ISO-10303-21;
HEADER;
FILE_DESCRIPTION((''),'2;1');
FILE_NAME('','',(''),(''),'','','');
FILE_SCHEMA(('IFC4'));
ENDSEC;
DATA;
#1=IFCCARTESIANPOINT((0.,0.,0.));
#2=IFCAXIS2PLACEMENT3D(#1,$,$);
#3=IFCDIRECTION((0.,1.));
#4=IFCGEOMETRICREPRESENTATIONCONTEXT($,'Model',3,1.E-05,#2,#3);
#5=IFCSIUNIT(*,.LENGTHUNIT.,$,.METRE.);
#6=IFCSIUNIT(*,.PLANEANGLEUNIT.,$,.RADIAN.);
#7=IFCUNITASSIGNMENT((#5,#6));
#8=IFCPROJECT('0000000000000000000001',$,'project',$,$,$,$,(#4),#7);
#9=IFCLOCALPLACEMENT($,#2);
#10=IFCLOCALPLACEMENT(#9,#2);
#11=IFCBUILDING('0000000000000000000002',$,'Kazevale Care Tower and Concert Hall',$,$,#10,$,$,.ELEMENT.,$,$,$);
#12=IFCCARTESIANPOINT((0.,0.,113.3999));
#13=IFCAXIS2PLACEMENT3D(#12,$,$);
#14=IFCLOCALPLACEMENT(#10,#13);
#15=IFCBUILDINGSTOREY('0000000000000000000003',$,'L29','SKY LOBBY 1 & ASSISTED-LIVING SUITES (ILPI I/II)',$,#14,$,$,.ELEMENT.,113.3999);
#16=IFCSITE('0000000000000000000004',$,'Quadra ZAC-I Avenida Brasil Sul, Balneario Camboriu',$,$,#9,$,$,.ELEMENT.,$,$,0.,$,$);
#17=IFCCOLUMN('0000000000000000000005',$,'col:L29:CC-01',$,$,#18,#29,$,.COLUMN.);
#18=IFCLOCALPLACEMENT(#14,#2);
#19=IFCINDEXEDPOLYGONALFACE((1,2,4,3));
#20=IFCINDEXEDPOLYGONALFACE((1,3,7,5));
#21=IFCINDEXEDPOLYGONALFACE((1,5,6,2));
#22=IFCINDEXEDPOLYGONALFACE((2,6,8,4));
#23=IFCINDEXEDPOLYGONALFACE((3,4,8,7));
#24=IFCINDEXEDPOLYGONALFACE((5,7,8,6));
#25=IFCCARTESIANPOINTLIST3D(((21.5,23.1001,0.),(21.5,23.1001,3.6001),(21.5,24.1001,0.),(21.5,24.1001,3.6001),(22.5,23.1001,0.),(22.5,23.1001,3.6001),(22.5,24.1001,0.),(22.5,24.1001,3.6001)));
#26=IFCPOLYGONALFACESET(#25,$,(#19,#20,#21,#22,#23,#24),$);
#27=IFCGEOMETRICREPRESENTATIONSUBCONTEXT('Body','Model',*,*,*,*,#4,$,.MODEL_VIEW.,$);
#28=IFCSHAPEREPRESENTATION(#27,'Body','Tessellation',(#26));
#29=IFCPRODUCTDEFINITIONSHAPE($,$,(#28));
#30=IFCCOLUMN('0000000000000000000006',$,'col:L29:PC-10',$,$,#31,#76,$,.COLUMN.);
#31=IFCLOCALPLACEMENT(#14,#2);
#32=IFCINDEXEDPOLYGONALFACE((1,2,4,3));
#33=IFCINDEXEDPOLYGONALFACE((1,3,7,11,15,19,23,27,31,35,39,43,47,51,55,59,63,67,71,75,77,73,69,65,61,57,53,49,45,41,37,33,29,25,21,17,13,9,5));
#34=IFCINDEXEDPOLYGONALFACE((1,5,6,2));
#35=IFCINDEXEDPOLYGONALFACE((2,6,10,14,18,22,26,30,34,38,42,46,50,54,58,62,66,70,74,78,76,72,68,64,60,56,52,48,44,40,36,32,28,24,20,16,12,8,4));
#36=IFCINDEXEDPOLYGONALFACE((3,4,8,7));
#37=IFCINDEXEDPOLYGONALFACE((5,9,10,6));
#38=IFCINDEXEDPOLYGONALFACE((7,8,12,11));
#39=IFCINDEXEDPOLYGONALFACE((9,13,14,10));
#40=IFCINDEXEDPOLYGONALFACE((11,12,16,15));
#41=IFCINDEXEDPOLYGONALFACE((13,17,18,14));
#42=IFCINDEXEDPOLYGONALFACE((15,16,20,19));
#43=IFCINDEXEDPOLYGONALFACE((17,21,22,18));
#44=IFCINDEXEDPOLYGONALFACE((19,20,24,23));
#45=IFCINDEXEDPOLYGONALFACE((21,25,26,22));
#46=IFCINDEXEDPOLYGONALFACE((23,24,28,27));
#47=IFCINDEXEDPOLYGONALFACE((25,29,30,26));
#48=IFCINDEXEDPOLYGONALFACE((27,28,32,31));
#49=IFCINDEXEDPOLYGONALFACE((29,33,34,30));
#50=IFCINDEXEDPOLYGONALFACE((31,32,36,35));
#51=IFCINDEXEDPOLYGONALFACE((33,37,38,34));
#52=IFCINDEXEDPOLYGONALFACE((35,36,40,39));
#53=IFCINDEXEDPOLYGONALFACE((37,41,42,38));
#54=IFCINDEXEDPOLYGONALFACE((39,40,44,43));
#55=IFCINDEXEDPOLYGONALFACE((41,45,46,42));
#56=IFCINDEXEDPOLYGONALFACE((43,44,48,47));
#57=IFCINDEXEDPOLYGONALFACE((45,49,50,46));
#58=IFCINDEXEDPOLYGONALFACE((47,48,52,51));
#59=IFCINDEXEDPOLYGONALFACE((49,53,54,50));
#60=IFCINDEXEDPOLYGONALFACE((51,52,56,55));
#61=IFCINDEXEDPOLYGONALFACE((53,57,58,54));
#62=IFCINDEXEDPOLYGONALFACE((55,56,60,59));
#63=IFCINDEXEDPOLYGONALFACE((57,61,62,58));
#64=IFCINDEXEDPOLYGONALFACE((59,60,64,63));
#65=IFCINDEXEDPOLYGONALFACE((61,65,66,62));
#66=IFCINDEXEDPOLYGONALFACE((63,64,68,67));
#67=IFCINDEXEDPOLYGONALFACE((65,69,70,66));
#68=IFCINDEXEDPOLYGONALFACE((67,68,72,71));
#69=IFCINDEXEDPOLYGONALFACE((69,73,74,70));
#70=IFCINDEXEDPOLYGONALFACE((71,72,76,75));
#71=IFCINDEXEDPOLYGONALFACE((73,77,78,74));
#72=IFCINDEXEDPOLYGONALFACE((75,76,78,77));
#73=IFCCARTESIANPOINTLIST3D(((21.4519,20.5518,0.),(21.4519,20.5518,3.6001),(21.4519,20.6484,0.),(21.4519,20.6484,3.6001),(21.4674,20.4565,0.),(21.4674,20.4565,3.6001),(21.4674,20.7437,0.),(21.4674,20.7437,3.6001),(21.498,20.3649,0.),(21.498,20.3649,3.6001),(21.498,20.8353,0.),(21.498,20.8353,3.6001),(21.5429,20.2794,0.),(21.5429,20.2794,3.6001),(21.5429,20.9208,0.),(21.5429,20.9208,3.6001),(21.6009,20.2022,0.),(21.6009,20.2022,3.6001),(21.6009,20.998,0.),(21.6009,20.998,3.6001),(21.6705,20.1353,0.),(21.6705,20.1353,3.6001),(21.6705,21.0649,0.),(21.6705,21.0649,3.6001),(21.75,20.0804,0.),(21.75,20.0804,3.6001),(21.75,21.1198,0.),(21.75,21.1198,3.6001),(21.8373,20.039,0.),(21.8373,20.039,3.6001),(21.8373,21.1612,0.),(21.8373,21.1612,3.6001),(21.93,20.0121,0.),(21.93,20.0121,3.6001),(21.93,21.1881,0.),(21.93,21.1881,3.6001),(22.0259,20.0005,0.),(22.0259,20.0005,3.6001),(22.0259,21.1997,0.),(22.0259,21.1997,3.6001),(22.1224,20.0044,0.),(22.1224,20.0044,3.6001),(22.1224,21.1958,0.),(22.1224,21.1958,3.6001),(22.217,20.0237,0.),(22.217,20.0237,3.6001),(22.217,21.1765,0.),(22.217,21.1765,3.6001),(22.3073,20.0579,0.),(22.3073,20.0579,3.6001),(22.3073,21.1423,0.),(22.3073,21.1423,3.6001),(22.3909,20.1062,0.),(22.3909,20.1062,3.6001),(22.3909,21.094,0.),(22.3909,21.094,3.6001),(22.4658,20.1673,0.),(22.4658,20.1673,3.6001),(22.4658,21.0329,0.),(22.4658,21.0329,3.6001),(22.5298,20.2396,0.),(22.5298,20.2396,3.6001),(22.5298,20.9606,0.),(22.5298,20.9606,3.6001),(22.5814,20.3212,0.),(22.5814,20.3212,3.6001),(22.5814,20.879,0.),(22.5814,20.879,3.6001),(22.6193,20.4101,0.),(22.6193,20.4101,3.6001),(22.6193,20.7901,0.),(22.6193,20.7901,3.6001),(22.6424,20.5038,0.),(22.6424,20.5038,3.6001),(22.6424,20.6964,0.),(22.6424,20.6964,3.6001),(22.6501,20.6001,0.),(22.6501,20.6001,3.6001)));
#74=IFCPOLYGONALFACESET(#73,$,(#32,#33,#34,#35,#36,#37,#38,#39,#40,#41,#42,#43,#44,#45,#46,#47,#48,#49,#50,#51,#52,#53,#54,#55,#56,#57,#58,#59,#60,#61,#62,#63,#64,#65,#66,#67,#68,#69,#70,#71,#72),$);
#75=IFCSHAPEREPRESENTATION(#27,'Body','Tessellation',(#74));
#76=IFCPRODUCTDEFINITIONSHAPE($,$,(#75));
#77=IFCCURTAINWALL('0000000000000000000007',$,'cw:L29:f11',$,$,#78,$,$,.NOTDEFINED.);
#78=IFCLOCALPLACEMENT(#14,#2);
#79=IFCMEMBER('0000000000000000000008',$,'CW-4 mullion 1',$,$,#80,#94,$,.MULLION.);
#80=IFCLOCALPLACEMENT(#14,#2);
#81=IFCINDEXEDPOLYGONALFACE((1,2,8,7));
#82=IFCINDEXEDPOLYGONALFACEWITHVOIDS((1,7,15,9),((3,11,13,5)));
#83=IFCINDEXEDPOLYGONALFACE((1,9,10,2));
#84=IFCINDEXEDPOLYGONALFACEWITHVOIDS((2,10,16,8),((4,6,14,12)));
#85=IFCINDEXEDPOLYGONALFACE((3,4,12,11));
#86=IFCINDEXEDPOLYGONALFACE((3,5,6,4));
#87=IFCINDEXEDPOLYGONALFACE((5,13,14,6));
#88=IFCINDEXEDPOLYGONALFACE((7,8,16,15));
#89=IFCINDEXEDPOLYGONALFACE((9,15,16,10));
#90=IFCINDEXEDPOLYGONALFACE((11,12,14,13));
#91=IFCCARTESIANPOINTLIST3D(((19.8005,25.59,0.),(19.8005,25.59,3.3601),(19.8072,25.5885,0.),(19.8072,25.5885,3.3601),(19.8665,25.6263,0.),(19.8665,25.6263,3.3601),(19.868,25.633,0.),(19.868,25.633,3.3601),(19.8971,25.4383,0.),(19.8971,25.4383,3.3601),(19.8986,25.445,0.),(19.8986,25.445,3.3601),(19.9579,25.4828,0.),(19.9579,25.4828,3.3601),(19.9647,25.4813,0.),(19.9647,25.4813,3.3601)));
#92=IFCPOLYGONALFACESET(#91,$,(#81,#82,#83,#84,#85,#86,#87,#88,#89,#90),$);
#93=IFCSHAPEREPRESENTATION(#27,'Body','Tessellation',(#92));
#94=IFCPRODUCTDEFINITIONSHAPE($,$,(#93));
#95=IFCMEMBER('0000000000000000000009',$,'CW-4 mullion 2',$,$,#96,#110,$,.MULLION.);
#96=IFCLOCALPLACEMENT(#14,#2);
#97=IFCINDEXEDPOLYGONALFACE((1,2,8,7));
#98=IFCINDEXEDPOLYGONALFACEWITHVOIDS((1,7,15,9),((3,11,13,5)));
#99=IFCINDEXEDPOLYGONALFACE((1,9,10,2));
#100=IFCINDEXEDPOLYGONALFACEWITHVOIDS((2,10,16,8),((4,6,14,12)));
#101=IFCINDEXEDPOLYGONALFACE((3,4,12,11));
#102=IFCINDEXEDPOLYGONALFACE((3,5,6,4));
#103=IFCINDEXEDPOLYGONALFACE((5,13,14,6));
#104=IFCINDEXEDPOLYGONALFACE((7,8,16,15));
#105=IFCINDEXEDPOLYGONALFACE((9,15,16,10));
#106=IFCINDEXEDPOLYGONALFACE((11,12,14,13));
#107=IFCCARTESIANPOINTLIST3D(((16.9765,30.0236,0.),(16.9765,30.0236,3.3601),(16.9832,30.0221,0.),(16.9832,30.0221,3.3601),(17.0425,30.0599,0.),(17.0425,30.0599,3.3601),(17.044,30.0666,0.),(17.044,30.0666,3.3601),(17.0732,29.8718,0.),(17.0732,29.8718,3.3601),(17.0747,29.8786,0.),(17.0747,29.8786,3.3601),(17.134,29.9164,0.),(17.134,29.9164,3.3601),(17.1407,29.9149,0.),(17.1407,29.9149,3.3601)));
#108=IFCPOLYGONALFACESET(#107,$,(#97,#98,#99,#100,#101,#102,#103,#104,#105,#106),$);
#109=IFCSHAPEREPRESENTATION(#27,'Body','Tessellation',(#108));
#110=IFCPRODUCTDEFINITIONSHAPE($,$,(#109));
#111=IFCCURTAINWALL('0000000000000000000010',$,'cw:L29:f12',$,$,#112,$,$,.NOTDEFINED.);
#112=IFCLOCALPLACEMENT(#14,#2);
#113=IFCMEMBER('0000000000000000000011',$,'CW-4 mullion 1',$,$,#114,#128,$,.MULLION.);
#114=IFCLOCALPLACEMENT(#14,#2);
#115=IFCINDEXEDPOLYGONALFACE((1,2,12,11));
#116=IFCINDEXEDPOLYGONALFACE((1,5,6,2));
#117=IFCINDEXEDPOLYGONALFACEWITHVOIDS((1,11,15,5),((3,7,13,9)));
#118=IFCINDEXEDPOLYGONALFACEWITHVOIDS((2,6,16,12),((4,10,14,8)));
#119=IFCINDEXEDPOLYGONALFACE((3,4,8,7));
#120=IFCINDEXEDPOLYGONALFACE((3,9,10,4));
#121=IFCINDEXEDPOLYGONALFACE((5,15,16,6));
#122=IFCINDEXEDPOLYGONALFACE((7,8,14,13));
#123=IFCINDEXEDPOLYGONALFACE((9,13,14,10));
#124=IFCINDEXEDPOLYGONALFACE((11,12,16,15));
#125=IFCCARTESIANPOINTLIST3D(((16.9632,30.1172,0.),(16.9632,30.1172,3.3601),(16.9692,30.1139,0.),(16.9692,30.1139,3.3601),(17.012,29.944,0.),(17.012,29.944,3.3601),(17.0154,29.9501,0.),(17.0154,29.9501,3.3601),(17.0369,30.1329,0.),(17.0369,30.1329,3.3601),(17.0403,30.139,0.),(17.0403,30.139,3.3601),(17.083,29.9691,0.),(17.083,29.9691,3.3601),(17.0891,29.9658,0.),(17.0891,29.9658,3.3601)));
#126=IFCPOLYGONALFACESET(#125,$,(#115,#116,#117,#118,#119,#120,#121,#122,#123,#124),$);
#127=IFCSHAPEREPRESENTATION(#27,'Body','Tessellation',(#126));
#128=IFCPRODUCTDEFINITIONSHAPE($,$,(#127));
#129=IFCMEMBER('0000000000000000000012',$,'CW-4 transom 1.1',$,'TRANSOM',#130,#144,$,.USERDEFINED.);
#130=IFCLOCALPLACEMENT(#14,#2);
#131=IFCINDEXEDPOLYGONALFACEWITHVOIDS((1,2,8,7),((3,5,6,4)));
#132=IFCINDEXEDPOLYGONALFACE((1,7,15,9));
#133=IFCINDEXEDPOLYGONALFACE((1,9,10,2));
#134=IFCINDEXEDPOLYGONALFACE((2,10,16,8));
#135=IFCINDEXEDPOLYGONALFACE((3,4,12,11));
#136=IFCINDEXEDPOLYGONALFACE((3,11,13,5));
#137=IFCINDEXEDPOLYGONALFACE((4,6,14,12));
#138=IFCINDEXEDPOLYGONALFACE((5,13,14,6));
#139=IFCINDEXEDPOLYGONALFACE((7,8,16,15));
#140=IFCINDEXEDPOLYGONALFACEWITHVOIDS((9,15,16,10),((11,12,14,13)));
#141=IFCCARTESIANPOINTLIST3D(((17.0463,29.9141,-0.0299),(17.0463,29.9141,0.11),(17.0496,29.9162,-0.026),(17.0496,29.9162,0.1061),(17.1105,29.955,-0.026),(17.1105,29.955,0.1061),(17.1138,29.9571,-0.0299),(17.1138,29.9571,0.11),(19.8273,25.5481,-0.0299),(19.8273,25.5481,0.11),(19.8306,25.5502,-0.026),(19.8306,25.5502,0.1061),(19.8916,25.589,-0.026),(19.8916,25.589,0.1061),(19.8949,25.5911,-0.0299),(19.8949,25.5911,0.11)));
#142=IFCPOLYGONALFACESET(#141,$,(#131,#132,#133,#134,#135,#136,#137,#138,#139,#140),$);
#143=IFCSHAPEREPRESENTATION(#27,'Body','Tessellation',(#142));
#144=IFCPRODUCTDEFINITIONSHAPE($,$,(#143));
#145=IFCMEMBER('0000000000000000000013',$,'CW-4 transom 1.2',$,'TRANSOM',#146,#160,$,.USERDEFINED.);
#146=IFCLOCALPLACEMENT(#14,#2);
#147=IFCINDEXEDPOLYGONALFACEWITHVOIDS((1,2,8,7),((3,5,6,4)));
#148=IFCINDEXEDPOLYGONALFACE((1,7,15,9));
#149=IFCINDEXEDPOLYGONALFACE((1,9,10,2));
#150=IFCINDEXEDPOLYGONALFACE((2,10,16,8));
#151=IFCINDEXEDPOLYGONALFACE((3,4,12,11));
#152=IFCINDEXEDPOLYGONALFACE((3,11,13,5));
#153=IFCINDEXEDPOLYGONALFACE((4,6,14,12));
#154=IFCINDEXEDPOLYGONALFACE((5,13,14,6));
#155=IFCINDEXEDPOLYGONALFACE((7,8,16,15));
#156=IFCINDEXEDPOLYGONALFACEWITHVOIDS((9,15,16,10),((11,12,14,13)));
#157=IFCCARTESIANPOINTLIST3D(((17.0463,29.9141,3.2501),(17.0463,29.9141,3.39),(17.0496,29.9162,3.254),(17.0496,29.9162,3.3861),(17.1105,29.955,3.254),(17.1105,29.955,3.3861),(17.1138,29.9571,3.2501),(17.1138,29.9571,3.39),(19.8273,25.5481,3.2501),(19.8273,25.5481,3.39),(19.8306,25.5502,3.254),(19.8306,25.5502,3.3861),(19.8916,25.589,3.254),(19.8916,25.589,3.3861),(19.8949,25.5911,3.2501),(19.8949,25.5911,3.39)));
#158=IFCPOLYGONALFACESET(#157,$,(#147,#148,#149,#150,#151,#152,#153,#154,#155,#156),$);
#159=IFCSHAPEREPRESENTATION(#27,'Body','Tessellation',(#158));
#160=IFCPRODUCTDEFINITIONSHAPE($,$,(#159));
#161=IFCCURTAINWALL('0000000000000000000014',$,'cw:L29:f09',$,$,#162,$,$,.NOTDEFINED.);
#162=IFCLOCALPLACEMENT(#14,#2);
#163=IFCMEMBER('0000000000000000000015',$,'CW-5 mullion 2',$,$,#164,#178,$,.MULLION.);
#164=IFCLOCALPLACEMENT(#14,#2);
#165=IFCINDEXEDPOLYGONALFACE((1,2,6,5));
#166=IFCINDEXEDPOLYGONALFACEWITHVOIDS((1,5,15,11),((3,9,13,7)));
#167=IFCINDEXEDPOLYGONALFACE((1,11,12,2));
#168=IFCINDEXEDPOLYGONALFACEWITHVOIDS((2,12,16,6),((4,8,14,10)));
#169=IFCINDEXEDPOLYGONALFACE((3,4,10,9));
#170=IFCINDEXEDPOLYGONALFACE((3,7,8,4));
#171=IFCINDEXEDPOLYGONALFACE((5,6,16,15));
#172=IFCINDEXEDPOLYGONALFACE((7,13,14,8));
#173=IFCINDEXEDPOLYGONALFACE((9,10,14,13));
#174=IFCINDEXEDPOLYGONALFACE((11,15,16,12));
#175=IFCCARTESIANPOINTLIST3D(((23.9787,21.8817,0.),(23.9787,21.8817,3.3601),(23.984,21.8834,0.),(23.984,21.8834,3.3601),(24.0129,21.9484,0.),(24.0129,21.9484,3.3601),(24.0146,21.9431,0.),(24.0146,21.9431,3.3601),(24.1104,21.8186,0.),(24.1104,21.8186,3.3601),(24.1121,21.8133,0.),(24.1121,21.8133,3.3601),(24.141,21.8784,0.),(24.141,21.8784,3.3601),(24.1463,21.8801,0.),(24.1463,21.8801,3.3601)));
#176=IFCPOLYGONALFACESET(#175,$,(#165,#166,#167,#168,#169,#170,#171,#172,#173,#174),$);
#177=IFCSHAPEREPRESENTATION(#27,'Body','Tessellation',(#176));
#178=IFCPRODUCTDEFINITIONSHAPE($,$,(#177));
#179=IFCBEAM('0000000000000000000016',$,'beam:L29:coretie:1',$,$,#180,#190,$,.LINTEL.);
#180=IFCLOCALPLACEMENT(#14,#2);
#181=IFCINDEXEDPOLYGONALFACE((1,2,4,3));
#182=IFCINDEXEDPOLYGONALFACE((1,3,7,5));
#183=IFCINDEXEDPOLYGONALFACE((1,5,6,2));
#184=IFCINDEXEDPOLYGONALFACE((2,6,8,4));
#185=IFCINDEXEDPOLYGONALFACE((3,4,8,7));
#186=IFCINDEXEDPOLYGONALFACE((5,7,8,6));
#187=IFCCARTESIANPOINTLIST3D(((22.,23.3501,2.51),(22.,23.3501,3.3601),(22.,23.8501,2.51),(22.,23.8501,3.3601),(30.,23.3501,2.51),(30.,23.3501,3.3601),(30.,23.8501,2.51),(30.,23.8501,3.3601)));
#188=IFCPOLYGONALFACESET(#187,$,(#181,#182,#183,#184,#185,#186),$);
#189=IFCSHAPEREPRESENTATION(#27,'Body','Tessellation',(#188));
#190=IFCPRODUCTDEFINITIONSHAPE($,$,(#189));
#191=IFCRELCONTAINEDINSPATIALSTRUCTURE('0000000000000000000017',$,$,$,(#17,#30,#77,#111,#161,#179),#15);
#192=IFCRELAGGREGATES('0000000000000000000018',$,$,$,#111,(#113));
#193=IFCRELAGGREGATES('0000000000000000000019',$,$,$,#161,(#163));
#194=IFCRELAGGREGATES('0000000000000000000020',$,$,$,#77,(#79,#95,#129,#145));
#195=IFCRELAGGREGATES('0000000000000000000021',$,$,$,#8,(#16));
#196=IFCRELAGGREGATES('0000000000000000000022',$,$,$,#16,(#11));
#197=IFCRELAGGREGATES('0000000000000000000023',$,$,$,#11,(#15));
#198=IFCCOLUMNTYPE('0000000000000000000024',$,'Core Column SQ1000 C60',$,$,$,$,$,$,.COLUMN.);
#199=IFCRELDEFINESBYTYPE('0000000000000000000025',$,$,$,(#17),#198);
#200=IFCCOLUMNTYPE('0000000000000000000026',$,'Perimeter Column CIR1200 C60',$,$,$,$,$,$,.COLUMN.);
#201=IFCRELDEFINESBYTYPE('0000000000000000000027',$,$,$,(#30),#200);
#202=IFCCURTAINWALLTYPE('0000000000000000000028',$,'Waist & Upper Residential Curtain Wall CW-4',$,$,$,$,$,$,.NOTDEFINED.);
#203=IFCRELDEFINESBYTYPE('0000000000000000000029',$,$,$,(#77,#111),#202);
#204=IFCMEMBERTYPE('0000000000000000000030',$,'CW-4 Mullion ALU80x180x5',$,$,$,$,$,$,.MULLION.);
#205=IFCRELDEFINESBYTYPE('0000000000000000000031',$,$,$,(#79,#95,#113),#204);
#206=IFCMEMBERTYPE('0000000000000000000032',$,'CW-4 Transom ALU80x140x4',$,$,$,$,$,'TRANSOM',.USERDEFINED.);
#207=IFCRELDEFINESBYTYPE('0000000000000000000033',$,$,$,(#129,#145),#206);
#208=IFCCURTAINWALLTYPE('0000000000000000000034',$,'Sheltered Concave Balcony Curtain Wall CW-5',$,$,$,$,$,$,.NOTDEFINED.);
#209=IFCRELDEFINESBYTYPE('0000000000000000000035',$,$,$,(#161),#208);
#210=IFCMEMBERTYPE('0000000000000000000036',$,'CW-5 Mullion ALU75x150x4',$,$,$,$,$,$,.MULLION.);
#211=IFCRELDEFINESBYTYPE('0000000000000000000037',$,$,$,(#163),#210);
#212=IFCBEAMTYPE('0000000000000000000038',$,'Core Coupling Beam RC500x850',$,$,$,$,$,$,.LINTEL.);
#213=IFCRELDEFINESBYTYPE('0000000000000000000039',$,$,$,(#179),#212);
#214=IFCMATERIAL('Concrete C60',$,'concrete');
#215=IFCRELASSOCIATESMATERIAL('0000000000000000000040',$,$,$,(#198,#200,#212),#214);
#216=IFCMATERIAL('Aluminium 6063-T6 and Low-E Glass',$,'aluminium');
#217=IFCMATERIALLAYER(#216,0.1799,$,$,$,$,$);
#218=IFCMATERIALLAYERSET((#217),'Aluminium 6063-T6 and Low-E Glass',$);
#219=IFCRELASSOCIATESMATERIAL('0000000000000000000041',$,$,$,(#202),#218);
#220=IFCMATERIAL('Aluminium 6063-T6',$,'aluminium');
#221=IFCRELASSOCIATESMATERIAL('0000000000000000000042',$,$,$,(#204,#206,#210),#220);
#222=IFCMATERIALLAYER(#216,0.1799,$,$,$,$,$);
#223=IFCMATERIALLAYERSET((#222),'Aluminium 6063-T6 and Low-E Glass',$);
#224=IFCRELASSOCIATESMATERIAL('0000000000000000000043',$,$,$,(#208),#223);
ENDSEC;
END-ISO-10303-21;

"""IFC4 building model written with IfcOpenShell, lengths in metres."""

from ifc_helpers import new_model, si_unit, direction, frame, origin, origin_2d, place, context, subcontext, project, spatial, rectangle, hollow_rectangle, circle, extrude, material, layer, layer_set, material_profile, profile_set, type_object, element, aggregate, save


model = new_model("IFC4")

# Units and contexts
model_context = context("Model", 3, precision=1e-05, world=origin(), true_north=direction((0.0, 1.0)))
body_context = subcontext(model_context, "Body", "Model", "MODEL_VIEW")
ifc_project = project(units=[si_unit("LENGTHUNIT", "METRE"), si_unit("PLANEANGLEUNIT", "RADIAN")], contexts=[model_context])

# Site, building, storey
site_placement = place(None, origin())
site = spatial("IfcSite", under=ifc_project, at=site_placement, Name="Quadra ZAC-I Avenida Brasil Sul, Balneario Camboriu", CompositionType="ELEMENT", RefElevation=0.0)
building_placement = place(site_placement, origin())
building = spatial("IfcBuilding", under=site, at=building_placement, Name="Kazevale Care Tower and Concert Hall", CompositionType="ELEMENT")
storey_placement = place(building_placement, frame((0.0, 0.0, 113.3999)))
storey = spatial("IfcBuildingStorey", under=building, at=storey_placement, Name="L29", Description="SKY LOBBY 1 & ASSISTED-LIVING SUITES (ILPI I/II)", CompositionType="ELEMENT", Elevation=113.3999)

# Columns
ifc_material_1 = material(Name="Concrete C60", Category="concrete")
ifc_material_profile_1 = material_profile(ifc_material_1, rectangle(XDim=1.0, YDim=1.0, at=origin_2d()), Name="RC-SQ1000")
ifc_profile_set_1 = profile_set([ifc_material_profile_1], Name="Concrete C60")
column_type_1 = type_object("IfcColumnType", Name="Core Column SQ1000 C60", PredefinedType="COLUMN", material=ifc_profile_set_1)
column_1_placement = place(storey_placement, frame((22.0, 23.6001, 0.0), z_axis=(0.0, 0.0, 1.0), x_axis=(1.0, 0.0, 0.0)))
element("IfcColumn", 1, at=column_1_placement, inside=storey, type_object=column_type_1, Name="col:L29:CC-01", PredefinedType="COLUMN", context=body_context, shape_type="SweptSolid", body=[
    extrude(rectangle(XDim=1.0, YDim=1.0, at=origin_2d()), origin(), (0.0, 0.0, 1.0), 3.6001),
])
ifc_material_profile_2 = material_profile(ifc_material_1, circle(Radius=0.6001, at=origin_2d()), Name="RC-CIR1200")
ifc_profile_set_2 = profile_set([ifc_material_profile_2], Name="Concrete C60")
column_type_2 = type_object("IfcColumnType", Name="Perimeter Column CIR1200 C60", PredefinedType="COLUMN", material=ifc_profile_set_2)
column_2_placement = place(storey_placement, frame((22.05, 20.6001, 0.0), z_axis=(0.0, 0.0, 1.0), x_axis=(1.0, 0.0, 0.0)))
element("IfcColumn", 2, at=column_2_placement, inside=storey, type_object=column_type_2, Name="col:L29:PC-10", PredefinedType="COLUMN", context=body_context, shape_type="SweptSolid", body=[
    extrude(circle(Radius=0.6001, at=origin_2d()), origin(), (0.0, 0.0, 1.0), 3.6001),
])

# Curtain wall, members
ifc_material_2 = material(Name="Aluminium 6063-T6 and Low-E Glass", Category="aluminium")
ifc_layer_1 = layer(ifc_material_2, 0.1799)
ifc_layer_set_1 = layer_set([ifc_layer_1], Name="Aluminium 6063-T6 and Low-E Glass")
curtain_wall_type_1 = type_object("IfcCurtainWallType", Name="Waist & Upper Residential Curtain Wall CW-4", PredefinedType="NOTDEFINED", material=ifc_layer_set_1)
curtain_wall_1_placement = place(storey_placement, origin())
curtain_wall_1 = element("IfcCurtainWall", 3, at=curtain_wall_1_placement, inside=storey, type_object=curtain_wall_type_1, Name="cw:L29:f11", PredefinedType="NOTDEFINED")
ifc_material_3 = material(Name="Aluminium 6063-T6", Category="aluminium")
ifc_material_profile_3 = material_profile(ifc_material_3, hollow_rectangle(XDim=0.0801, YDim=0.1799, WallThickness=0.0049, at=origin_2d()), Name="ALU80x180x5")
ifc_profile_set_3 = profile_set([ifc_material_profile_3], Name="Aluminium 6063-T6")
member_type_1 = type_object("IfcMemberType", Name="CW-4 Mullion ALU80x180x5", PredefinedType="MULLION", material=ifc_profile_set_3)
member_1_placement = place(storey_placement, frame((19.8826, 25.5356, 0.0), z_axis=(0.0, 0.0, 1.0), x_axis=(-0.84343, -0.537239, 0.0)))
member_1 = element("IfcMember", 4, at=member_1_placement, type_object=member_type_1, Name="CW-4 mullion 1", PredefinedType="MULLION", context=body_context, shape_type="SweptSolid", body=[
    extrude(hollow_rectangle(XDim=0.0801, YDim=0.1799, WallThickness=0.0049, at=origin_2d()), origin(), (0.0, 0.0, 1.0), 3.3601),
])
member_2_placement = place(storey_placement, frame((17.0586, 29.9692, 0.0), z_axis=(0.0, 0.0, 1.0), x_axis=(-0.84343, -0.537239, 0.0)))
member_2 = element("IfcMember", 5, at=member_2_placement, type_object=member_type_1, Name="CW-4 mullion 2", PredefinedType="MULLION", context=body_context, shape_type="SweptSolid", body=[
    extrude(hollow_rectangle(XDim=0.0801, YDim=0.1799, WallThickness=0.0049, at=origin_2d()), origin(), (0.0, 0.0, 1.0), 3.3601),
])

# Curtain wall, member
curtain_wall_2_placement = place(storey_placement, origin())
curtain_wall_2 = element("IfcCurtainWall", 6, at=curtain_wall_2_placement, inside=storey, type_object=curtain_wall_type_1, Name="cw:L29:f12", PredefinedType="NOTDEFINED")
member_3_placement = place(storey_placement, frame((17.0261, 30.0415, 0.0), z_axis=(0.0, 0.0, 1.0), x_axis=(-0.962499, -0.271285, 0.0)))
member_3 = element("IfcMember", 7, at=member_3_placement, type_object=member_type_1, Name="CW-4 mullion 1", PredefinedType="MULLION", context=body_context, shape_type="SweptSolid", body=[
    extrude(hollow_rectangle(XDim=0.0801, YDim=0.1799, WallThickness=0.0049, at=origin_2d()), origin(), (0.0, 0.0, 1.0), 3.3601),
])
aggregate(curtain_wall_2, [member_3])

# Members
ifc_material_profile_4 = material_profile(ifc_material_3, hollow_rectangle(XDim=0.0801, YDim=0.1399, WallThickness=0.0039, at=origin_2d()), Name="ALU80x140x4")
ifc_profile_set_4 = profile_set([ifc_material_profile_4], Name="Aluminium 6063-T6")
member_type_2 = type_object("IfcMemberType", Name="CW-4 Transom ALU80x140x4", ElementType="TRANSOM", PredefinedType="USERDEFINED", material=ifc_profile_set_4)
member_4_placement = place(storey_placement, frame((19.8611, 25.5696, 0.04), z_axis=(-0.537242, 0.843428, 0.0), x_axis=(-0.843428, -0.537242, 0.0)))
member_4 = element("IfcMember", 8, at=member_4_placement, type_object=member_type_2, Name="CW-4 transom 1.1", ObjectType="TRANSOM", PredefinedType="USERDEFINED", context=body_context, shape_type="SweptSolid", body=[
    extrude(hollow_rectangle(XDim=0.0801, YDim=0.1399, WallThickness=0.0039, at=origin_2d()), origin(), (0.0, 0.0, 1.0), 5.1765),
])
member_5_placement = place(storey_placement, frame((19.8611, 25.5696, 3.3201), z_axis=(-0.537242, 0.843428, 0.0), x_axis=(-0.843428, -0.537242, 0.0)))
member_5 = element("IfcMember", 9, at=member_5_placement, type_object=member_type_2, Name="CW-4 transom 1.2", ObjectType="TRANSOM", PredefinedType="USERDEFINED", context=body_context, shape_type="SweptSolid", body=[
    extrude(hollow_rectangle(XDim=0.0801, YDim=0.1399, WallThickness=0.0039, at=origin_2d()), origin(), (0.0, 0.0, 1.0), 5.1765),
])

# Curtain wall, member
ifc_layer_2 = layer(ifc_material_2, 0.1799)
ifc_layer_set_2 = layer_set([ifc_layer_2], Name="Aluminium 6063-T6 and Low-E Glass")
curtain_wall_type_2 = type_object("IfcCurtainWallType", Name="Sheltered Concave Balcony Curtain Wall CW-5", PredefinedType="NOTDEFINED", material=ifc_layer_set_2)
curtain_wall_3_placement = place(storey_placement, origin())
curtain_wall_3 = element("IfcCurtainWall", 10, at=curtain_wall_3_placement, inside=storey, type_object=curtain_wall_type_2, Name="cw:L29:f09", PredefinedType="NOTDEFINED")
ifc_material_profile_5 = material_profile(ifc_material_3, hollow_rectangle(XDim=0.075, YDim=0.1499, WallThickness=0.0039, at=origin_2d()), Name="ALU75x150x4")
ifc_profile_set_5 = profile_set([ifc_material_profile_5], Name="Aluminium 6063-T6")
member_type_3 = type_object("IfcMemberType", Name="CW-5 Mullion ALU75x150x4", PredefinedType="MULLION", material=ifc_profile_set_5)
member_6_placement = place(storey_placement, frame((24.0625, 21.8809, 0.0), z_axis=(0.0, 0.0, 1.0), x_axis=(-0.455713, -0.890127, 0.0)))
member_6 = element("IfcMember", 11, at=member_6_placement, type_object=member_type_3, Name="CW-5 mullion 2", PredefinedType="MULLION", context=body_context, shape_type="SweptSolid", body=[
    extrude(hollow_rectangle(XDim=0.075, YDim=0.1499, WallThickness=0.0039, at=origin_2d()), origin(), (0.0, 0.0, 1.0), 3.3601),
])
aggregate(curtain_wall_3, [member_6])

# Beam
ifc_material_profile_6 = material_profile(ifc_material_1, rectangle(XDim=0.5, YDim=0.8501, at=origin_2d()), Name="RC-B500x850")
ifc_profile_set_6 = profile_set([ifc_material_profile_6], Name="Concrete C60")
beam_type_1 = type_object("IfcBeamType", Name="Core Coupling Beam RC500x850", PredefinedType="LINTEL", material=ifc_profile_set_6)
beam_1_placement = place(storey_placement, frame((22.0, 23.6001, 2.9351), z_axis=(1.0, 0.0, 0.0), x_axis=(0.0, 1.0, 0.0)))
element("IfcBeam", 12, at=beam_1_placement, inside=storey, type_object=beam_type_1, Name="beam:L29:coretie:1", PredefinedType="LINTEL", context=body_context, shape_type="SweptSolid", body=[
    extrude(rectangle(XDim=0.5, YDim=0.8501, at=origin_2d()), origin(), (0.0, 0.0, 1.0), 8.0),
])

aggregate(curtain_wall_1, [member_1, member_2, member_4, member_5])

save(model, "model.ifc")
